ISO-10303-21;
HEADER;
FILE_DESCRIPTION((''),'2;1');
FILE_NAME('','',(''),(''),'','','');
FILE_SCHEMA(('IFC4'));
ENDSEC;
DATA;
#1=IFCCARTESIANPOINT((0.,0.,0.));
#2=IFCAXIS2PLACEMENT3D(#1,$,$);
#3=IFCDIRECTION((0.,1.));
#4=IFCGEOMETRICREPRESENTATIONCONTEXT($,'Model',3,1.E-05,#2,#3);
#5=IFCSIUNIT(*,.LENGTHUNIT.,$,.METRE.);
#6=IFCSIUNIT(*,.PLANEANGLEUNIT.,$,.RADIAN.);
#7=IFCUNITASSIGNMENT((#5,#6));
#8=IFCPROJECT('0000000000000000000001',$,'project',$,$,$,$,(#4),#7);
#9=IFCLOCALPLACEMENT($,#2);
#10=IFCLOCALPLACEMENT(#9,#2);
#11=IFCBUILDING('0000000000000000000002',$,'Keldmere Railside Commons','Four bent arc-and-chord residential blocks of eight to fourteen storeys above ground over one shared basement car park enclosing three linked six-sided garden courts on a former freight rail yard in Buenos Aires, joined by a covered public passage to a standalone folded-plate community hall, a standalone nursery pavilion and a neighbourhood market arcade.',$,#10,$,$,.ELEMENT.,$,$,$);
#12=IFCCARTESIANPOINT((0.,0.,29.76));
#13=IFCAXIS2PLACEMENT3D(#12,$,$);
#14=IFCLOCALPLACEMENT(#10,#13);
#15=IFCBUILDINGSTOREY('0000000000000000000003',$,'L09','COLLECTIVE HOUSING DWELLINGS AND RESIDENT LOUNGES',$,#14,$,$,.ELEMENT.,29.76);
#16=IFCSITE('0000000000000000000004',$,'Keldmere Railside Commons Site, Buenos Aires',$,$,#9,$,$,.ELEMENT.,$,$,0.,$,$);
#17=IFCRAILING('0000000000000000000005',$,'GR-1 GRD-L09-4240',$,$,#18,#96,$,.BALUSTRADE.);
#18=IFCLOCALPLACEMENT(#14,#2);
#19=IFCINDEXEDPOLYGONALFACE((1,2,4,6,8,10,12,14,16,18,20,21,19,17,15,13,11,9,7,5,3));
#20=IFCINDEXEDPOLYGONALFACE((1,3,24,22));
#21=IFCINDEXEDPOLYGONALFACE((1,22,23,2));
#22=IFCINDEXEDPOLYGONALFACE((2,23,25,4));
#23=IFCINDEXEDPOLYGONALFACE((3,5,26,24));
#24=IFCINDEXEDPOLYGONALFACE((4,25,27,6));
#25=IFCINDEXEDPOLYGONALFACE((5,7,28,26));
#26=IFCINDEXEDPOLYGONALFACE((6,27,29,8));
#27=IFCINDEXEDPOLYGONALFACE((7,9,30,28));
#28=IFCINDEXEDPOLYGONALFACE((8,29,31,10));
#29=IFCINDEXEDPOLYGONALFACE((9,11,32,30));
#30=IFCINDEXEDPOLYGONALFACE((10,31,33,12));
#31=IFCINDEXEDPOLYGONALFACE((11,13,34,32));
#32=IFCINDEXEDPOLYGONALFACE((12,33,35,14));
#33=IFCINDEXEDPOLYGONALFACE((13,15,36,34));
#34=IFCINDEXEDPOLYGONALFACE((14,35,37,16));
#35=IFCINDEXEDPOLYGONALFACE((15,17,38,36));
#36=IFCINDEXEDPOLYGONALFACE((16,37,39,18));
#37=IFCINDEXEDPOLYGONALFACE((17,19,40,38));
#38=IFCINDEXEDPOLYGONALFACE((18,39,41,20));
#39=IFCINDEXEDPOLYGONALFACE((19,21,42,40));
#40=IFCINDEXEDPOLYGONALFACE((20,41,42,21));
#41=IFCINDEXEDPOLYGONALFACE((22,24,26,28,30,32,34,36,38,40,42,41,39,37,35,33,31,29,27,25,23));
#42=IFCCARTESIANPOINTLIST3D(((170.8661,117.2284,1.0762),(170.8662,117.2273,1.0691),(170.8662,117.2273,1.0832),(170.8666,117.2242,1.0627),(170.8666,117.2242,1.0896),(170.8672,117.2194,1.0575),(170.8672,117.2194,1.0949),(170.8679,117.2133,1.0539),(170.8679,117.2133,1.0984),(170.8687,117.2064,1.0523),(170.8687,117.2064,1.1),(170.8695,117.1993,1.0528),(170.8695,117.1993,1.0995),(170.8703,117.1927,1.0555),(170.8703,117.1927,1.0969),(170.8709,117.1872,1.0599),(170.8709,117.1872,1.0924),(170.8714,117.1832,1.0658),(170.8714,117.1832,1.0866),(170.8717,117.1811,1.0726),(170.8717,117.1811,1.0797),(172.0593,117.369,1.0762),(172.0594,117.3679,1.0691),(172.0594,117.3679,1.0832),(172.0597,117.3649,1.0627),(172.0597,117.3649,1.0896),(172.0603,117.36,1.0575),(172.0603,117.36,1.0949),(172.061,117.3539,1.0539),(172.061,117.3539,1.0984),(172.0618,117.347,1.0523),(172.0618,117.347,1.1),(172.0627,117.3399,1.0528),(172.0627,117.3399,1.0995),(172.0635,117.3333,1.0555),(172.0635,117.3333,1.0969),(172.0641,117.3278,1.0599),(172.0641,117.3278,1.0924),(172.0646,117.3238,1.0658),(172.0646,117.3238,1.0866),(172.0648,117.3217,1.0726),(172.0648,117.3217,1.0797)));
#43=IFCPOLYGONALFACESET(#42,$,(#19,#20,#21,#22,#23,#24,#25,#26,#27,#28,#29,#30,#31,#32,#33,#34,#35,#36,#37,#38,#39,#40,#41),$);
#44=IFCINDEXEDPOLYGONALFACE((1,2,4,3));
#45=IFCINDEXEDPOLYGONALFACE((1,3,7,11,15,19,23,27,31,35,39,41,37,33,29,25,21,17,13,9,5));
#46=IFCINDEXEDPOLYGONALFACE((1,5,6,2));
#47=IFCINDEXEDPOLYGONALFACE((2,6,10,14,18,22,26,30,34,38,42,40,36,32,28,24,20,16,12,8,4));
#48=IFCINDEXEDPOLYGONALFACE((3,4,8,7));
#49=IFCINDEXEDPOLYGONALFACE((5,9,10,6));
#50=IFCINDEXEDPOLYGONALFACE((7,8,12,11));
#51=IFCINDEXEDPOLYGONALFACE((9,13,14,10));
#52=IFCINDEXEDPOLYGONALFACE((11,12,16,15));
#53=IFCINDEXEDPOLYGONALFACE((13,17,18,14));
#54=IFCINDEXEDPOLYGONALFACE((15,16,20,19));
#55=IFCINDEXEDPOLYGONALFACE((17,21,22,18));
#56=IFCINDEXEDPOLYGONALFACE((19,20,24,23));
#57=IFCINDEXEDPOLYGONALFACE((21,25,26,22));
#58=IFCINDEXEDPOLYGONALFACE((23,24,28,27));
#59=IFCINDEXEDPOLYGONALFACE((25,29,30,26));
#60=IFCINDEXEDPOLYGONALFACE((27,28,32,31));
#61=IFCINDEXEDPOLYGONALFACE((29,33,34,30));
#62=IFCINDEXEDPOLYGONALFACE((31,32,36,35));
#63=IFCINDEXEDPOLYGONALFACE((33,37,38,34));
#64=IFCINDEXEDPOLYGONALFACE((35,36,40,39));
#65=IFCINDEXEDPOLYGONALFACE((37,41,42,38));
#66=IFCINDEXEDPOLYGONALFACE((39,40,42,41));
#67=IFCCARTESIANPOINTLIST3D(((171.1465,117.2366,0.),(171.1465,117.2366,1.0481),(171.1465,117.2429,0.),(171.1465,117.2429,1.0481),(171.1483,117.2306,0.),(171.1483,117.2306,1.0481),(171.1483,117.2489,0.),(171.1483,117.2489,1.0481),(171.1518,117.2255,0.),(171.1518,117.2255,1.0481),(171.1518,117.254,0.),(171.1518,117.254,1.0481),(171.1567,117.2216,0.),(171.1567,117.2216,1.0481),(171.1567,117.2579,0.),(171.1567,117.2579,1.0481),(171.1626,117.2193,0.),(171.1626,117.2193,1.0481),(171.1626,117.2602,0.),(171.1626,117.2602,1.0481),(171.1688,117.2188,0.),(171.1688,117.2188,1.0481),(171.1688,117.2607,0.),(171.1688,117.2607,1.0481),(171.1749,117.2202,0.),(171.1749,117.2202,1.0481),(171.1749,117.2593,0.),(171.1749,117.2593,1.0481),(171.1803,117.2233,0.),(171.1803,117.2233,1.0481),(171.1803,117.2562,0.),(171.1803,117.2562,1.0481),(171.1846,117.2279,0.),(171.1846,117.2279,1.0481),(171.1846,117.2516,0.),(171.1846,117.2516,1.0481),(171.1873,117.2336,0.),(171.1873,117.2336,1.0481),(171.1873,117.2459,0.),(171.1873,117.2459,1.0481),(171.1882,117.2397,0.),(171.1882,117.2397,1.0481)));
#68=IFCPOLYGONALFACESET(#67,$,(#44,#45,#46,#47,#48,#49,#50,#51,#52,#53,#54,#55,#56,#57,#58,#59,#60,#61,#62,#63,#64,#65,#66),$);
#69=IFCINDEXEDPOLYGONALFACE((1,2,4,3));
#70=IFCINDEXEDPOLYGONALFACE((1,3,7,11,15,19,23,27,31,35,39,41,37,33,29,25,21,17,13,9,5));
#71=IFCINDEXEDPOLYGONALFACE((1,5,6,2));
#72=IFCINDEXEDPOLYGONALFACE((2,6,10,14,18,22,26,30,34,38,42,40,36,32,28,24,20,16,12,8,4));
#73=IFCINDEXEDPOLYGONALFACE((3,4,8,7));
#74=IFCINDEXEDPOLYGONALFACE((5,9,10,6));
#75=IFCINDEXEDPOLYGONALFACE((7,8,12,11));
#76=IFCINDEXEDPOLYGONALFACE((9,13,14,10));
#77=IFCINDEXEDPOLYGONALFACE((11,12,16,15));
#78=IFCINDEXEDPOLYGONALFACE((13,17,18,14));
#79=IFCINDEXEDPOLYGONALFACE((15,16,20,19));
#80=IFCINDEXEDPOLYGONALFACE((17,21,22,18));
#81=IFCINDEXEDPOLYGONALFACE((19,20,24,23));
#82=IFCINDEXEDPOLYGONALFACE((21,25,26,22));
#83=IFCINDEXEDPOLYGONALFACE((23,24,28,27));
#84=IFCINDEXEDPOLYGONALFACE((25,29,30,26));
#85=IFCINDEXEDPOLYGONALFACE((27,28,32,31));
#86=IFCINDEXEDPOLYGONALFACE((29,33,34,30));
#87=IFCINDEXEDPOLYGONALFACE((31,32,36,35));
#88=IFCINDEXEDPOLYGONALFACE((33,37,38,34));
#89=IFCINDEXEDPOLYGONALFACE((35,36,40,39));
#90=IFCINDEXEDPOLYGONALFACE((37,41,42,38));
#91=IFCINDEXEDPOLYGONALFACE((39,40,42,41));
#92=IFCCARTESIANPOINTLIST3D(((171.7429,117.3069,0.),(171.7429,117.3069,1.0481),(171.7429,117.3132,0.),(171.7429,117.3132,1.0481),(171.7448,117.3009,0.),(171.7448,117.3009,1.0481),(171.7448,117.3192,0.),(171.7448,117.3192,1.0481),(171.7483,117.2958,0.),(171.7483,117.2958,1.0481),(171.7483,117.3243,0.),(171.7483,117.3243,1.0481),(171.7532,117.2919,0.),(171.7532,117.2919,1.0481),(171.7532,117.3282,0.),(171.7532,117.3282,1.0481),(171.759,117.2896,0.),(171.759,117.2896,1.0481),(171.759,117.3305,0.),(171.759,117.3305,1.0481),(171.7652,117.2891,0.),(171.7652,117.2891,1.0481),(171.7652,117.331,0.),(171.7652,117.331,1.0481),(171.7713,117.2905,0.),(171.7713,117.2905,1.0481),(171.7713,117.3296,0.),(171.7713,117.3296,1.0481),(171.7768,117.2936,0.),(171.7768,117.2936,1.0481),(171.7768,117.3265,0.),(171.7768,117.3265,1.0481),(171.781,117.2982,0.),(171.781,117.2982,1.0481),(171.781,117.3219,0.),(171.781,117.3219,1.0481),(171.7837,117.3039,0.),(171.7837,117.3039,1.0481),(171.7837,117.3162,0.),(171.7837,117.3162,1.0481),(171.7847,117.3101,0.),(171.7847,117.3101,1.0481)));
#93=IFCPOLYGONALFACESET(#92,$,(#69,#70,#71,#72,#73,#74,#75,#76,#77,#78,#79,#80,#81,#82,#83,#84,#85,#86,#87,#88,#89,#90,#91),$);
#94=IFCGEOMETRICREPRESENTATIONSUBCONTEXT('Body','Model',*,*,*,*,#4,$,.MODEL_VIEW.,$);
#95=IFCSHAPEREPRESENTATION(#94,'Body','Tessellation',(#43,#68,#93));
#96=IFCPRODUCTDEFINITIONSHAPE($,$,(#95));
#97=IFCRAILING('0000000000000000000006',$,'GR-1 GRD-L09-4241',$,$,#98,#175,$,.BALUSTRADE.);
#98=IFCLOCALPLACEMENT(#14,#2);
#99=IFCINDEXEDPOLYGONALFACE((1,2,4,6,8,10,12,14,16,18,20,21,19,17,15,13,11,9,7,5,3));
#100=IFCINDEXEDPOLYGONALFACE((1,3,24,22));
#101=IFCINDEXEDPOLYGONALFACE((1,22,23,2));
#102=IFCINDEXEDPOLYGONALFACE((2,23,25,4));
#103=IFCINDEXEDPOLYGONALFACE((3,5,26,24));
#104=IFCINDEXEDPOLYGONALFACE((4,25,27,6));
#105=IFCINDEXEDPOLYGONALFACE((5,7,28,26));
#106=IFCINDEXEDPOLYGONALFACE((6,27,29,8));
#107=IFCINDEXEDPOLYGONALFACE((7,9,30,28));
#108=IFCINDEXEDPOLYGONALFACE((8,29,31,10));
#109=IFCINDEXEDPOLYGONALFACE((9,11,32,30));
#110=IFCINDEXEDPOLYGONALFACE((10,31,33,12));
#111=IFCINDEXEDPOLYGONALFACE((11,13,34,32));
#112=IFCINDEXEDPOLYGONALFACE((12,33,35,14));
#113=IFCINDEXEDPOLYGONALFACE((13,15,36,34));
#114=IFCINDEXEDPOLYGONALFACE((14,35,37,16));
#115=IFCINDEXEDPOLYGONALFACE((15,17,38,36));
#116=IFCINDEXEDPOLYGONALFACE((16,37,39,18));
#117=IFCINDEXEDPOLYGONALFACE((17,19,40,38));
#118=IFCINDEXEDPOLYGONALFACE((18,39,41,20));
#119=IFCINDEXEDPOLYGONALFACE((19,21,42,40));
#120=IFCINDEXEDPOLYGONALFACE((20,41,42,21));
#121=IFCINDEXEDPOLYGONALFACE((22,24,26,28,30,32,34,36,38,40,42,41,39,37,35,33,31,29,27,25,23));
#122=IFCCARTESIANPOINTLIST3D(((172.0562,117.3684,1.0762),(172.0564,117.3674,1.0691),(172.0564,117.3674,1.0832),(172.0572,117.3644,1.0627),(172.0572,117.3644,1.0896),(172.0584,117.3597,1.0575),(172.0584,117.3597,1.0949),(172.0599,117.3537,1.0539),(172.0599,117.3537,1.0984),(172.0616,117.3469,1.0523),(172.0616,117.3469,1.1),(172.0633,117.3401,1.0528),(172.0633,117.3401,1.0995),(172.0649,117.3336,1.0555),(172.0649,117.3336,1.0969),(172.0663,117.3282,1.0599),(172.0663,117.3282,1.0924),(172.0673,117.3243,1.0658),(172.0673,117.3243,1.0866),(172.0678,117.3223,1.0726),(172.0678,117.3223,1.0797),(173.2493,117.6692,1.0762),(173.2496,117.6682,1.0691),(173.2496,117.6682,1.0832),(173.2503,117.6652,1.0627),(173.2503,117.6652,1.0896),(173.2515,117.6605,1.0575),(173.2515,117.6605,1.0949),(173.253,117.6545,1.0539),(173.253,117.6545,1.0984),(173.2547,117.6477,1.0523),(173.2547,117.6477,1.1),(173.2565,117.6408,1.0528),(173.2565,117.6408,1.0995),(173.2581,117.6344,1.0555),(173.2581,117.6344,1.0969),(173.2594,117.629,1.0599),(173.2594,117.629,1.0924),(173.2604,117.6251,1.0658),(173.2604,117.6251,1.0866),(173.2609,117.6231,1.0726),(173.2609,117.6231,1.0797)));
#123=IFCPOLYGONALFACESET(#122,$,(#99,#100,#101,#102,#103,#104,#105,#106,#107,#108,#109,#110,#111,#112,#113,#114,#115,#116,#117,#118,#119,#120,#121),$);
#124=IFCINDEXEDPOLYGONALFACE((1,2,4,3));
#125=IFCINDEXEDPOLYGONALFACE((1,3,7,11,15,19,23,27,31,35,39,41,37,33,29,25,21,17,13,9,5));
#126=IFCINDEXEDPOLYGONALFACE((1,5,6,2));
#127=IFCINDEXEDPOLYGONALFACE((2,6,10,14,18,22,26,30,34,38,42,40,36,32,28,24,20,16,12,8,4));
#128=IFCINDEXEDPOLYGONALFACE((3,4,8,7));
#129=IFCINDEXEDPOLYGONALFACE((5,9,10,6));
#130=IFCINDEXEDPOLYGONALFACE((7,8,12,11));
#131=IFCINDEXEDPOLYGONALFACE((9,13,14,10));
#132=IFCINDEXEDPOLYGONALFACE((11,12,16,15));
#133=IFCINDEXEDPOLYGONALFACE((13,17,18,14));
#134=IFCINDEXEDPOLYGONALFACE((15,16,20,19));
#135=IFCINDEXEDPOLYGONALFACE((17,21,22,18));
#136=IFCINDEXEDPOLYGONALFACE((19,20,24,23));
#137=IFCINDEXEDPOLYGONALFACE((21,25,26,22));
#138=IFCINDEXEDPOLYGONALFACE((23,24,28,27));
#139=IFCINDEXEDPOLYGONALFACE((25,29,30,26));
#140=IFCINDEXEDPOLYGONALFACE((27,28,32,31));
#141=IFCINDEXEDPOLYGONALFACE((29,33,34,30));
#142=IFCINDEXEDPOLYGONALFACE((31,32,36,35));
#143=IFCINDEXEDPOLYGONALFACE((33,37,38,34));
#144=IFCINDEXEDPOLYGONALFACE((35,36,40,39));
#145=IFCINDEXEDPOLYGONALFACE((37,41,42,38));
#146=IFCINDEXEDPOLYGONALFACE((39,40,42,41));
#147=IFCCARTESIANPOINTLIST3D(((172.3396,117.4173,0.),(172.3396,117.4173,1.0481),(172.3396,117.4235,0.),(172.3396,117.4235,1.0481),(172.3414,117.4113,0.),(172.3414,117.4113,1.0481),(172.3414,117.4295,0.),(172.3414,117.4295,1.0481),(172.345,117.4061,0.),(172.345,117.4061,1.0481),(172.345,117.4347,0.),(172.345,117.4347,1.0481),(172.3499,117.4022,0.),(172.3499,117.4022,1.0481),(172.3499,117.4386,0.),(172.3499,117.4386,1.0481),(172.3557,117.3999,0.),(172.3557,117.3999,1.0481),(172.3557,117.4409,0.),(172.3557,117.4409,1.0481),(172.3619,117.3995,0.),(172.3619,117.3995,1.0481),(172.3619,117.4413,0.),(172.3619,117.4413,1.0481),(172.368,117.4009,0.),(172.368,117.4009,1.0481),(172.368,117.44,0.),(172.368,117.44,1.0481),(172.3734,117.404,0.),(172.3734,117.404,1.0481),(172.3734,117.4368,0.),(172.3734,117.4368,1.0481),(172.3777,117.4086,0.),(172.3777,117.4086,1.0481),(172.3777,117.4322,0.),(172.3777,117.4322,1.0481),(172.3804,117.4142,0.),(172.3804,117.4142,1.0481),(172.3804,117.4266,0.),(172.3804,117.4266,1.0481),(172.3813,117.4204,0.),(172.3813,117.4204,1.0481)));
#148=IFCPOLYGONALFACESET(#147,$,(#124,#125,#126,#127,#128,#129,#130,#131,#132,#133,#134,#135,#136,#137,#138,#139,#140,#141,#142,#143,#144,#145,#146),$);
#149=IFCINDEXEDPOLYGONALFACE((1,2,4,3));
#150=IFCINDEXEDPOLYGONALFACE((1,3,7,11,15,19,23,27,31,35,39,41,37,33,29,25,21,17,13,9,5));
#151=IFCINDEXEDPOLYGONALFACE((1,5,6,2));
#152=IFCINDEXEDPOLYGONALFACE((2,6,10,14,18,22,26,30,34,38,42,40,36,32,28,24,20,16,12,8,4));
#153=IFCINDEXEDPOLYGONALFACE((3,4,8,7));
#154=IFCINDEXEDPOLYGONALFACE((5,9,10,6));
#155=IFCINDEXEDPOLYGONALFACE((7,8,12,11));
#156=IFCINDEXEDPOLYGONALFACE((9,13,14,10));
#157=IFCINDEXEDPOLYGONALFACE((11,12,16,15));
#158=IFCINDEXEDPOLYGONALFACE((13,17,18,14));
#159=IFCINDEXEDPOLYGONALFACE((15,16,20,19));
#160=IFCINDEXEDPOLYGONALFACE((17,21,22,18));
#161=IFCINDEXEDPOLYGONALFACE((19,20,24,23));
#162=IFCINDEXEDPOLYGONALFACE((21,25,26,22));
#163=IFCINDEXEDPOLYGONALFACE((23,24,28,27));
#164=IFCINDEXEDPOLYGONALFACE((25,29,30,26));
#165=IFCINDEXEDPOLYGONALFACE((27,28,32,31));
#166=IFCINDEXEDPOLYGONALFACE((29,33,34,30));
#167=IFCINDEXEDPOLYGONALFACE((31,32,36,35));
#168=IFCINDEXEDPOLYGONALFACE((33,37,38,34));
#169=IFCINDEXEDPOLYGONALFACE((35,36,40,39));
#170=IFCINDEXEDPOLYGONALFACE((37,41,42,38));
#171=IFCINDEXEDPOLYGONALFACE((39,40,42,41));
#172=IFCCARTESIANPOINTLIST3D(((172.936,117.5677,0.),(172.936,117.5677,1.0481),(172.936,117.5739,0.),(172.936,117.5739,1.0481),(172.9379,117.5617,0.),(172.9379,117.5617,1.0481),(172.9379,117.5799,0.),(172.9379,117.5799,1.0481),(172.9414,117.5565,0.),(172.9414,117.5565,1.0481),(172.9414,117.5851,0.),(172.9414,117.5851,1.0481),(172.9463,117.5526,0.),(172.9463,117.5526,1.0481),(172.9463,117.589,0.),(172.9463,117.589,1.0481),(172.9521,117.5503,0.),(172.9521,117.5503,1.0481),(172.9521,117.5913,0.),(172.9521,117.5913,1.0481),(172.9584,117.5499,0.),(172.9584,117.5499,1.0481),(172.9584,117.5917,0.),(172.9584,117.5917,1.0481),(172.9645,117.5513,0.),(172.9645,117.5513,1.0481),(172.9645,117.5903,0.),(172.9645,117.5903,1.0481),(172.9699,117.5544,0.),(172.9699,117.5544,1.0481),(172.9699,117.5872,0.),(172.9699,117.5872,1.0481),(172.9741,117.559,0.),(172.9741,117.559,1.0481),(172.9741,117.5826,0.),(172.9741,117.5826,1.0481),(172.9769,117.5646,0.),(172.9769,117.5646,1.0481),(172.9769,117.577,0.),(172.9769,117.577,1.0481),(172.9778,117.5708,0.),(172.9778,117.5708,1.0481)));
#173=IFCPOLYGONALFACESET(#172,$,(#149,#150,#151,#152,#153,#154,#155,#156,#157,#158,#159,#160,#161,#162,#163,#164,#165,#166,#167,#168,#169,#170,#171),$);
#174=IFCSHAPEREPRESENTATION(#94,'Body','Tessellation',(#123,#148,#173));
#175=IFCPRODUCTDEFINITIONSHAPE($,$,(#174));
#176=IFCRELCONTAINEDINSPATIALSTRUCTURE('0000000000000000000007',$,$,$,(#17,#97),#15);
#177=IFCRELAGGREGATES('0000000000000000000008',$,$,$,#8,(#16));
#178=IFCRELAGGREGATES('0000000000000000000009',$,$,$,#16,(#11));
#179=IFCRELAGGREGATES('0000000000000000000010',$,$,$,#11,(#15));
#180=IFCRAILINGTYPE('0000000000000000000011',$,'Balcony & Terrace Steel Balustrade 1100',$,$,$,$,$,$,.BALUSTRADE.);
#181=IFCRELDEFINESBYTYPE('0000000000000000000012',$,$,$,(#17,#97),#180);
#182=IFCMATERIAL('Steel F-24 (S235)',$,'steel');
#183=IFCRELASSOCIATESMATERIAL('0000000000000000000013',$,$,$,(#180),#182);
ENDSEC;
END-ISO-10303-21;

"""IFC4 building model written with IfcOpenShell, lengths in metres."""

from ifc_helpers import new_model, si_unit, direction, frame, origin, origin_2d, place, context, subcontext, project, spatial, circle, extrude, material, type_object, element, save


model = new_model("IFC4")

# Units and contexts
model_context = context("Model", 3, precision=1e-05, world=origin(), true_north=direction((0.0, 1.0)))
body_context = subcontext(model_context, "Body", "Model", "MODEL_VIEW")
ifc_project = project(units=[si_unit("LENGTHUNIT", "METRE"), si_unit("PLANEANGLEUNIT", "RADIAN")], contexts=[model_context])

# Site, building, storey
site_placement = place(None, origin())
site = spatial("IfcSite", under=ifc_project, at=site_placement, Name="Keldmere Railside Commons Site, Buenos Aires", CompositionType="ELEMENT", RefElevation=0.0)
building_placement = place(site_placement, origin())
building = spatial("IfcBuilding", under=site, at=building_placement, Name="Keldmere Railside Commons", Description="Four bent arc-and-chord residential blocks of eight to fourteen storeys above ground over one shared basement car park enclosing three linked six-sided garden courts on a former freight rail yard in Buenos Aires, joined by a covered public passage to a standalone folded-plate community hall, a standalone nursery pavilion and a neighbourhood market arcade.", CompositionType="ELEMENT")
storey_placement = place(building_placement, frame((0.0, 0.0, 29.76)))
storey = spatial("IfcBuildingStorey", under=building, at=storey_placement, Name="L09", Description="COLLECTIVE HOUSING DWELLINGS AND RESIDENT LOUNGES", CompositionType="ELEMENT", Elevation=29.76)

# Railings
ifc_material_1 = material(Name="Steel F-24 (S235)", Category="steel")
railing_type = type_object("IfcRailingType", Name="Balcony & Terrace Steel Balustrade 1100", PredefinedType="BALUSTRADE", material=ifc_material_1)
railing_1_placement = place(storey_placement, frame((170.8689, 117.2046, 0.0)))
element("IfcRailing", 1, at=railing_1_placement, inside=storey, type_object=railing_type, Name="GR-1 GRD-L09-4240", PredefinedType="BALUSTRADE", context=body_context, shape_type="SweptSolid", body=[
    extrude(circle(Radius=0.0239, at=origin_2d()), frame((0.0, 0.0, 1.0762), z_axis=(0.993126, 0.117053, 0.0), x_axis=(-0.117053, 0.993126, 0.0)), (0.0, 0.0, 1.0), 1.2014),
    extrude(circle(Radius=0.021, at=origin_2d()), frame((0.2983, 0.0352, 0.0)), (0.0, 0.0, 1.0), 1.0481),
    extrude(circle(Radius=0.021, at=origin_2d()), frame((0.8948, 0.1055, 0.0)), (0.0, 0.0, 1.0), 1.0481),
])
railing_2_placement = place(storey_placement, frame((172.062, 117.3452, 0.0)))
element("IfcRailing", 2, at=railing_2_placement, inside=storey, type_object=railing_type, Name="GR-1 GRD-L09-4241", PredefinedType="BALUSTRADE", context=body_context, shape_type="SweptSolid", body=[
    extrude(circle(Radius=0.0239, at=origin_2d()), frame((0.0, 0.0, 1.0762), z_axis=(0.969662, 0.244449, 0.0), x_axis=(-0.244449, 0.969662, 0.0)), (0.0, 0.0, 1.0), 1.2305),
    extrude(circle(Radius=0.021, at=origin_2d()), frame((0.2983, 0.0752, 0.0)), (0.0, 0.0, 1.0), 1.0481),
    extrude(circle(Radius=0.021, at=origin_2d()), frame((0.8948, 0.2256, 0.0)), (0.0, 0.0, 1.0), 1.0481),
])

save(model, "model.ifc")
